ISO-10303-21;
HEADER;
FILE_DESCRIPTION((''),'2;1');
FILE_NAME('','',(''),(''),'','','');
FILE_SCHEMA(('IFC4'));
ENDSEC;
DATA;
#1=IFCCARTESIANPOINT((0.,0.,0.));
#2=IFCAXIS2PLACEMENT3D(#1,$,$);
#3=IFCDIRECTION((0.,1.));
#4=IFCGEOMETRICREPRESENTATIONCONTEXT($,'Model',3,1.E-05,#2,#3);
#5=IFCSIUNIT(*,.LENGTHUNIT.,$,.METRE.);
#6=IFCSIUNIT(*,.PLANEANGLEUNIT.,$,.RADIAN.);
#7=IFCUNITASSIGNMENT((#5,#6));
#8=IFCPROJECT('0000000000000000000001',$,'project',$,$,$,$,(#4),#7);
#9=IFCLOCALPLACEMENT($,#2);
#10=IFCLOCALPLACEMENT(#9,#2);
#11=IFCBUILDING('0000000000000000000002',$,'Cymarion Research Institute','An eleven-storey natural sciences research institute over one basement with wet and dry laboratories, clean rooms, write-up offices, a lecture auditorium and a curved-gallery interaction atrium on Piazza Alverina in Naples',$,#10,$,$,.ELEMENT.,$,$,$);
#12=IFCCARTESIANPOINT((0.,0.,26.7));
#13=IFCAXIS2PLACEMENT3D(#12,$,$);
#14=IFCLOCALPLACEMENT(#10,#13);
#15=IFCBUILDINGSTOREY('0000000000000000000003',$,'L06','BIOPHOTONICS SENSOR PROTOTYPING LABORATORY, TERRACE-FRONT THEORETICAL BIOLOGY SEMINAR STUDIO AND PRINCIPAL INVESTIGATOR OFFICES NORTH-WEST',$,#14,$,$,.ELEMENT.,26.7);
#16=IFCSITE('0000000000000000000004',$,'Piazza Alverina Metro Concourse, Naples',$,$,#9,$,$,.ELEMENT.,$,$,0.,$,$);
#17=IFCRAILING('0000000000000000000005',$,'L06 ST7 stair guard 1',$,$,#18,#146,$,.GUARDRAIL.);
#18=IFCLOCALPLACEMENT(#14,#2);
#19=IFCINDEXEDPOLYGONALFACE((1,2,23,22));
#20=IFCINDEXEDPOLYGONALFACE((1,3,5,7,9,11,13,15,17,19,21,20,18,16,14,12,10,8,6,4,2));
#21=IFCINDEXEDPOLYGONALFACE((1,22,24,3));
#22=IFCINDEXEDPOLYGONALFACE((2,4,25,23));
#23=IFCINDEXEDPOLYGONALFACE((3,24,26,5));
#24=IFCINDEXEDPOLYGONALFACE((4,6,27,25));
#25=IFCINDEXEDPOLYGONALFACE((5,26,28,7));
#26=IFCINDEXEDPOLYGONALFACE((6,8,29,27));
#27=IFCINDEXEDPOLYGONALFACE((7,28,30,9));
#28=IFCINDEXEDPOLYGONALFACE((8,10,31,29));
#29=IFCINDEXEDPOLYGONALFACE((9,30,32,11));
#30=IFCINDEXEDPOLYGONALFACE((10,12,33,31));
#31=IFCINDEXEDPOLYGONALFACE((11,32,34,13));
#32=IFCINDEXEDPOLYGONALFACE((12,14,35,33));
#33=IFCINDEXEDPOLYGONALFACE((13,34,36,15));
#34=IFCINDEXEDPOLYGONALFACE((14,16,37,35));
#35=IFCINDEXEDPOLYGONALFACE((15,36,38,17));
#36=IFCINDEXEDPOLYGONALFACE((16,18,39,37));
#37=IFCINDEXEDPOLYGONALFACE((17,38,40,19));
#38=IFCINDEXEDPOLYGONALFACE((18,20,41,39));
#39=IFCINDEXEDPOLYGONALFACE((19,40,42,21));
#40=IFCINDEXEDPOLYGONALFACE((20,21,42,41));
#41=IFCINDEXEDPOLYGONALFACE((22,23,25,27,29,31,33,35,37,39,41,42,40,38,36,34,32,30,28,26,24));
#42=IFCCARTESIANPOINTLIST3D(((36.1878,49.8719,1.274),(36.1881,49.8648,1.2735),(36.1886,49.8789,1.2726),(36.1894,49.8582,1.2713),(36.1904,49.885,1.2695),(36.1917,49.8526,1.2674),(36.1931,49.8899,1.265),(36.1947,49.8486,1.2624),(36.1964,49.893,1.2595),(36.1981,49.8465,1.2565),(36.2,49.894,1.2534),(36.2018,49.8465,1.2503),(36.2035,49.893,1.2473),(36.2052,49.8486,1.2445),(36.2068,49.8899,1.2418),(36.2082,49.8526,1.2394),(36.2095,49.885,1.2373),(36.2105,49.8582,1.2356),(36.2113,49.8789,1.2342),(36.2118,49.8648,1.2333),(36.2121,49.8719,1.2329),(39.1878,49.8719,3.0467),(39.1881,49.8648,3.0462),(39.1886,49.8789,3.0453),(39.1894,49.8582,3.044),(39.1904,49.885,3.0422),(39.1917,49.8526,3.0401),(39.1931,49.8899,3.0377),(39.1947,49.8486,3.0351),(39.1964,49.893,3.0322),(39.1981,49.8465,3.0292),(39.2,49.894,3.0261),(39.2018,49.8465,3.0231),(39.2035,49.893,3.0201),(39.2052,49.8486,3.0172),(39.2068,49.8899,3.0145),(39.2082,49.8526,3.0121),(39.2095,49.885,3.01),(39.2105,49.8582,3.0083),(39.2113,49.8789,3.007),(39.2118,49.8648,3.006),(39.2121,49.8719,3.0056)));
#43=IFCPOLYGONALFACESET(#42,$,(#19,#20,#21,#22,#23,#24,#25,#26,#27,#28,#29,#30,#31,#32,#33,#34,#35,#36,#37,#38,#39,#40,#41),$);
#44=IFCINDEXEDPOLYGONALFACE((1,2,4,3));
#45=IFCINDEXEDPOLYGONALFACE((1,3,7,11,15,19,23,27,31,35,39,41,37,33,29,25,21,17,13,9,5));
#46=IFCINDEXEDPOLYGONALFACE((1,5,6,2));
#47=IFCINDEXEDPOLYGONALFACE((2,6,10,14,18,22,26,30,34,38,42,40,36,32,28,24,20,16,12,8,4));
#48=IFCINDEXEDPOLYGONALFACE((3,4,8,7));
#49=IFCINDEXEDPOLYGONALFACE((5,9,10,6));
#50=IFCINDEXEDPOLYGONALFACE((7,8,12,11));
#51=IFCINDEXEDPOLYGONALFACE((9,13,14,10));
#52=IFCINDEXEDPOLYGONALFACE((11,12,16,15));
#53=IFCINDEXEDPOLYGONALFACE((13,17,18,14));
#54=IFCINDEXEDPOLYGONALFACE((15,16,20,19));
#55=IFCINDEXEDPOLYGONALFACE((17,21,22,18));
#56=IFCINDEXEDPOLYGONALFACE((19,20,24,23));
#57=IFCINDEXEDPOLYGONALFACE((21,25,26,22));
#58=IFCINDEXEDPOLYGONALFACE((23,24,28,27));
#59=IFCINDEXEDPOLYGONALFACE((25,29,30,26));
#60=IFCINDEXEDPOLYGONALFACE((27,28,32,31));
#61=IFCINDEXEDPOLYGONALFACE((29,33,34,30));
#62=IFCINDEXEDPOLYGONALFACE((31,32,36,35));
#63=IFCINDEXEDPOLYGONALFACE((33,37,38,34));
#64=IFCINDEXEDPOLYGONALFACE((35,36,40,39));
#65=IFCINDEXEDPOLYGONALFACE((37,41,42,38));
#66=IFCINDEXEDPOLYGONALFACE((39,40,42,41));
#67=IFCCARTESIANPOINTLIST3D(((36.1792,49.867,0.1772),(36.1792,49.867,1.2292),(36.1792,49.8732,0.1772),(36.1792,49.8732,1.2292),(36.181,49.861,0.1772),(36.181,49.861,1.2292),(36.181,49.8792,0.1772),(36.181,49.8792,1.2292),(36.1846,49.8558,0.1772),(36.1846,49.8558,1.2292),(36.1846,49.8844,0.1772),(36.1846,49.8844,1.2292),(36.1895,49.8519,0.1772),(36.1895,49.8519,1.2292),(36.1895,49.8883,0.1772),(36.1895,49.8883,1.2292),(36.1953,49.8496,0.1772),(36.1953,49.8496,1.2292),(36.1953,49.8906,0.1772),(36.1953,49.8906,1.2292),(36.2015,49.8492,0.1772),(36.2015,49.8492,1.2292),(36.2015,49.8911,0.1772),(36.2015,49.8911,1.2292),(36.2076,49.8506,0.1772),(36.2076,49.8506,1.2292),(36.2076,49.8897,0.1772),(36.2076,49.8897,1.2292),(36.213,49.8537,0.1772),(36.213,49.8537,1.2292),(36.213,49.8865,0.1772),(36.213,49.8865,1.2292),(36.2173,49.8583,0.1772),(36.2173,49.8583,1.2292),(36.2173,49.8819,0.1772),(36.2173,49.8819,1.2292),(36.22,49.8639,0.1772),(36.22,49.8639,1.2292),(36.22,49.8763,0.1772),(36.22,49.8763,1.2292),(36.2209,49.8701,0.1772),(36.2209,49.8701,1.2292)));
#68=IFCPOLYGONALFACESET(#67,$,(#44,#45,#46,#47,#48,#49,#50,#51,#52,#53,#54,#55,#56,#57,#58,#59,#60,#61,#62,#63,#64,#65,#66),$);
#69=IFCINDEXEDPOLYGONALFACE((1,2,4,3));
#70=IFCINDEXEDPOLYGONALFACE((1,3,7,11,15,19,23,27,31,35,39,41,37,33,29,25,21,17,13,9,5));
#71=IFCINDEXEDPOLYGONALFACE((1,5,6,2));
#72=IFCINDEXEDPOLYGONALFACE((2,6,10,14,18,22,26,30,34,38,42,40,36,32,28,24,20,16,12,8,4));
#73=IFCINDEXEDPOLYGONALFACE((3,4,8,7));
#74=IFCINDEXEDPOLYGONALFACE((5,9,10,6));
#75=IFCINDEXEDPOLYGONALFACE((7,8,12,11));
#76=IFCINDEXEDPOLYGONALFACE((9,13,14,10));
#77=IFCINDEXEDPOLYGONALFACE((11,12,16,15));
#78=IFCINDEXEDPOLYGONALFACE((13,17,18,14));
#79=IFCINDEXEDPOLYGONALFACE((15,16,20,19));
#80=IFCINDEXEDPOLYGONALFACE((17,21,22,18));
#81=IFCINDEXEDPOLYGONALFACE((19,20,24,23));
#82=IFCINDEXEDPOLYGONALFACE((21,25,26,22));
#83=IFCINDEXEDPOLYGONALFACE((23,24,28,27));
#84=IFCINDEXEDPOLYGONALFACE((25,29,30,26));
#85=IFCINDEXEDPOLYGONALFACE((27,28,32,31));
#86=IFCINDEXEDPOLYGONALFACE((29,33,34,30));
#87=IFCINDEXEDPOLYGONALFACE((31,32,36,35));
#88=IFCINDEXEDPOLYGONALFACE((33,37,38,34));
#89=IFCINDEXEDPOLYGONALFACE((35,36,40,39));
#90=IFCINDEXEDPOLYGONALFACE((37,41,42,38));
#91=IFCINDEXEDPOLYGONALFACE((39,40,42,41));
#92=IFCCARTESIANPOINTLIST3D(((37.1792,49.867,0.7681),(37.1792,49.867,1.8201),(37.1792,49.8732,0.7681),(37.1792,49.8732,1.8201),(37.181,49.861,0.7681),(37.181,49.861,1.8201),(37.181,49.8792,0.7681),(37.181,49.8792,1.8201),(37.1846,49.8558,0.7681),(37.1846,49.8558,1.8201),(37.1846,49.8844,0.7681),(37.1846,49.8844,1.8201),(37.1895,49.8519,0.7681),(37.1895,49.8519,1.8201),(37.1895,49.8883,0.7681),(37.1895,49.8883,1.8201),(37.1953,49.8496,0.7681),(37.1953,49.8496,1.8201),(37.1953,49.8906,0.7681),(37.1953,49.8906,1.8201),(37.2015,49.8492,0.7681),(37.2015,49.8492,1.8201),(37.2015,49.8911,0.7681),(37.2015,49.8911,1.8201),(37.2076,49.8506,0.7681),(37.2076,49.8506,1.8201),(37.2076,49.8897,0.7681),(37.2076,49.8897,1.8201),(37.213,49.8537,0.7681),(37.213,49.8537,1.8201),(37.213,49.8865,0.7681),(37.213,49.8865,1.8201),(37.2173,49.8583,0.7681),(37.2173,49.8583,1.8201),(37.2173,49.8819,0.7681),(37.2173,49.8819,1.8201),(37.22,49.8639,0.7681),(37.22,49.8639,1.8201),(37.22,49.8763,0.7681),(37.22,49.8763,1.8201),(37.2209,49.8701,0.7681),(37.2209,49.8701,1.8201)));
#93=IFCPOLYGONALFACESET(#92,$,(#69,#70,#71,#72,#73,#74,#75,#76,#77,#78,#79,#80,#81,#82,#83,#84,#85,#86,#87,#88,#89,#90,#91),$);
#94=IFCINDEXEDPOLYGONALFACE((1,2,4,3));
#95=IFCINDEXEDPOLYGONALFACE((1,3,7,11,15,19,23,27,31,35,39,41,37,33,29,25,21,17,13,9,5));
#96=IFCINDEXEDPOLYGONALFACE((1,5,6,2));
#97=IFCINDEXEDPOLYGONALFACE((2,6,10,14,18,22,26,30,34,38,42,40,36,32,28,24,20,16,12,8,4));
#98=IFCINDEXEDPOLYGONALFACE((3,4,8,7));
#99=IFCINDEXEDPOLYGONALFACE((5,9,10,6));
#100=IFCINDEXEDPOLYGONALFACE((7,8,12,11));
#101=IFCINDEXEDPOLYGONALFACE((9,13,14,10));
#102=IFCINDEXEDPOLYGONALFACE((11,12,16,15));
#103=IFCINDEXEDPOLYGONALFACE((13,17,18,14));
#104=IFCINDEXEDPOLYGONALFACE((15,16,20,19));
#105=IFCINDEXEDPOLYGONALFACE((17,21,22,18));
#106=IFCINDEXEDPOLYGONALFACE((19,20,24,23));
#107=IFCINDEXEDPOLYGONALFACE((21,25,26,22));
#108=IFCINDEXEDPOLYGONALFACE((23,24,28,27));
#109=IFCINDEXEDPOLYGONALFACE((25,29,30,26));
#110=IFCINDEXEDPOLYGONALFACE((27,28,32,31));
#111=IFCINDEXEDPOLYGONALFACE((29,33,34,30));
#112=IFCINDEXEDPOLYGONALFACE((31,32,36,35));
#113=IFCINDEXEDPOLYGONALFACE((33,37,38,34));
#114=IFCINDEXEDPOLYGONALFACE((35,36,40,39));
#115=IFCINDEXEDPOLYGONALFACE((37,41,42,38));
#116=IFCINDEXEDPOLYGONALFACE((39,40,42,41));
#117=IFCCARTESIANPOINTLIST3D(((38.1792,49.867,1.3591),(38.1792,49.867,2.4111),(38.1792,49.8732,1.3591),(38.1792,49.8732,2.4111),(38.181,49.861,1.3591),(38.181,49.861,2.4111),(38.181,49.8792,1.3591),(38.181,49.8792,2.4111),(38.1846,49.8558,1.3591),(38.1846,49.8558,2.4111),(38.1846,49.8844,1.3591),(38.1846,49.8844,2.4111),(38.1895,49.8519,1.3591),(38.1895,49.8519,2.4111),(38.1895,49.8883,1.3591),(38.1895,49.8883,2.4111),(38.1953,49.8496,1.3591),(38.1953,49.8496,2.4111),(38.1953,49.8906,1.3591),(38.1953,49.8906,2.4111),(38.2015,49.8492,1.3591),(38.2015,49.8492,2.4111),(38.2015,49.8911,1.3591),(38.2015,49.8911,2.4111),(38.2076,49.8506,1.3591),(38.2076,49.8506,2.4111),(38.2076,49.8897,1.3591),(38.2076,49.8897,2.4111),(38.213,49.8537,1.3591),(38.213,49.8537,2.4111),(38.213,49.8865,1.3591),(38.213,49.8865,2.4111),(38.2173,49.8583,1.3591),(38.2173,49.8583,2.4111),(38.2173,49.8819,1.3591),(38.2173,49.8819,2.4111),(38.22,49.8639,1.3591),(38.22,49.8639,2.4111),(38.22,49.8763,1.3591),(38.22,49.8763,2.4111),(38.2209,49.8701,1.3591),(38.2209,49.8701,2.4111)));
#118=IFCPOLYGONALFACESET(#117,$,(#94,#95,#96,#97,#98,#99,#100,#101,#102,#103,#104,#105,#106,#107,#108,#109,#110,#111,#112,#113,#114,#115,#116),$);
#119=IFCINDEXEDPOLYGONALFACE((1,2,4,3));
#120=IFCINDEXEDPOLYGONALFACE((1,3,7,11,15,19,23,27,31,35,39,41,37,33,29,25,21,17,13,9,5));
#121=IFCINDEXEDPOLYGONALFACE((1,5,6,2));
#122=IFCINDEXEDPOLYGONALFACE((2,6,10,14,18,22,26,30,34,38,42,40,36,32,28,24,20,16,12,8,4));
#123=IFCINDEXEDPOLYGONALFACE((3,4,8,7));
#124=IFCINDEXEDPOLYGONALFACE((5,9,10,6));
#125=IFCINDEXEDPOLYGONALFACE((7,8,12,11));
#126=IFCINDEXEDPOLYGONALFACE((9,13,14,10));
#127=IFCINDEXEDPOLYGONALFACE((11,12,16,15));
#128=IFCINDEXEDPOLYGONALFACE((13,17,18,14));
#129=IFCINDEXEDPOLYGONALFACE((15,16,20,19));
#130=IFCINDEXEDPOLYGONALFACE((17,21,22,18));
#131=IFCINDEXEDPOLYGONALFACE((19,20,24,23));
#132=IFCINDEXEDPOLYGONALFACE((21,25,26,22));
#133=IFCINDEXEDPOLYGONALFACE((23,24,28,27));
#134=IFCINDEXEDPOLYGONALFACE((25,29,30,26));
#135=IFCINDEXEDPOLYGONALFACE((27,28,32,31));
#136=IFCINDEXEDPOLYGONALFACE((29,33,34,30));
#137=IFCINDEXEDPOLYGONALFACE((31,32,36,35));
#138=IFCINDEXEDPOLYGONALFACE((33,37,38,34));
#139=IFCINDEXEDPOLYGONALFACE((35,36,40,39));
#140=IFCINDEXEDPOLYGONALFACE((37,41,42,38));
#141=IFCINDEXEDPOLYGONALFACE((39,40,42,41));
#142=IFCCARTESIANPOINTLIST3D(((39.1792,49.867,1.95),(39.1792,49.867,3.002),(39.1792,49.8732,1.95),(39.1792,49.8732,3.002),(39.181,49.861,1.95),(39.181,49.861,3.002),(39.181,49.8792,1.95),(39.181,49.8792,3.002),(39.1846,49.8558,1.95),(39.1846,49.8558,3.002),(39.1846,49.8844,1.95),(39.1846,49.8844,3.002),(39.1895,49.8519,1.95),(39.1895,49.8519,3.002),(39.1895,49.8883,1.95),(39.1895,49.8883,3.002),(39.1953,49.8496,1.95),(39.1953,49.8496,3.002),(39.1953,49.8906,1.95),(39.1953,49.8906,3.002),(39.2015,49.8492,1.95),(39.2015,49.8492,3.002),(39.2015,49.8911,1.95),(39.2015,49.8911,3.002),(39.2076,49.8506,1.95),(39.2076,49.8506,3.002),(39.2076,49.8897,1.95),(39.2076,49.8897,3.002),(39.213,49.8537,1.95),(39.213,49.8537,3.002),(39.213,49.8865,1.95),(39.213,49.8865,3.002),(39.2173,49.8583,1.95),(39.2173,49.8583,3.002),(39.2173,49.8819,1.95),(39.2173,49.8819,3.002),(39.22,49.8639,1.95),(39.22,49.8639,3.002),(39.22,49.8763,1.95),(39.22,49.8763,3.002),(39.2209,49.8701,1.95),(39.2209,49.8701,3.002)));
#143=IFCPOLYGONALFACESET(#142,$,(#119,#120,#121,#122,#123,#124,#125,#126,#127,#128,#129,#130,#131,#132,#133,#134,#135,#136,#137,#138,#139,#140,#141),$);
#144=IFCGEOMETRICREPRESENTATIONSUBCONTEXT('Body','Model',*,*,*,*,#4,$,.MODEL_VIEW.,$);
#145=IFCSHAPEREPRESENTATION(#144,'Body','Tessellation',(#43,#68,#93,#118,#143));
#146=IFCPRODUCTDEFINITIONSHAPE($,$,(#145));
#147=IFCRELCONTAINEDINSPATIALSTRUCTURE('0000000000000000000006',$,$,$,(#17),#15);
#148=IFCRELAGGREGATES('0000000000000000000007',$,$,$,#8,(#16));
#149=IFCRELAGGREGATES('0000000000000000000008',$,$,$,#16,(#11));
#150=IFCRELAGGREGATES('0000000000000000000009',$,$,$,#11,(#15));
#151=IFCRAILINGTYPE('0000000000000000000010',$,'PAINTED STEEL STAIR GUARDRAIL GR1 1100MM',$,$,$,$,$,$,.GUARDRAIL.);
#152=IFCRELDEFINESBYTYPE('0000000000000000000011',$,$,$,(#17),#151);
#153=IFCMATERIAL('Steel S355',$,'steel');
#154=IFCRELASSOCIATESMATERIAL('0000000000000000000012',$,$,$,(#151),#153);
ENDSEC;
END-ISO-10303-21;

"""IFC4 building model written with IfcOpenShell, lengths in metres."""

from ifc_helpers import new_model, si_unit, direction, frame, origin, origin_2d, place, context, subcontext, project, spatial, circle, extrude, material, type_object, element, save


model = new_model("IFC4")

# Units and contexts
model_context = context("Model", 3, precision=1e-05, world=origin(), true_north=direction((0.0, 1.0)))
body_context = subcontext(model_context, "Body", "Model", "MODEL_VIEW")
ifc_project = project(units=[si_unit("LENGTHUNIT", "METRE"), si_unit("PLANEANGLEUNIT", "RADIAN")], contexts=[model_context])

# Site, building, storey
site_placement = place(None, origin())
site = spatial("IfcSite", under=ifc_project, at=site_placement, Name="Piazza Alverina Metro Concourse, Naples", CompositionType="ELEMENT", RefElevation=0.0)
building_placement = place(site_placement, origin())
building = spatial("IfcBuilding", under=site, at=building_placement, Name="Cymarion Research Institute", Description="An eleven-storey natural sciences research institute over one basement with wet and dry laboratories, clean rooms, write-up offices, a lecture auditorium and a curved-gallery interaction atrium on Piazza Alverina in Naples", CompositionType="ELEMENT")
storey_placement = place(building_placement, frame((0.0, 0.0, 26.7)))
storey = spatial("IfcBuildingStorey", under=building, at=storey_placement, Name="L06", Description="BIOPHOTONICS SENSOR PROTOTYPING LABORATORY, TERRACE-FRONT THEORETICAL BIOLOGY SEMINAR STUDIO AND PRINCIPAL INVESTIGATOR OFFICES NORTH-WEST", CompositionType="ELEMENT", Elevation=26.7)

# Shared definitions
ifc_material_1 = material(Name="Steel S355", Category="steel")

# Railing
railing_type_1 = type_object("IfcRailingType", Name="PAINTED STEEL STAIR GUARDRAIL GR1 1100MM", PredefinedType="GUARDRAIL", material=ifc_material_1)
railing_1_placement = place(storey_placement, frame((36.2, 49.8701, 0.1772)))
element("IfcRailing", 1, at=railing_1_placement, inside=storey, type_object=railing_type_1, Name="L06 ST7 stair guard 1", PredefinedType="GUARDRAIL", context=body_context, shape_type="SweptSolid", body=[
    extrude(circle(Radius=0.0239, at=origin_2d()), frame((0.0, 0.0, 1.0762), z_axis=(0.860929, 0.0, 0.508725), x_axis=(0.0, 1.0, 0.0)), (0.0, 0.0, 1.0), 3.4846),
    extrude(circle(Radius=0.021, at=origin_2d()), origin(), (0.0, 0.0, 1.0), 1.052),
    extrude(circle(Radius=0.021, at=origin_2d()), frame((1.0, 0.0, 0.5908)), (0.0, 0.0, 1.0), 1.052),
    extrude(circle(Radius=0.021, at=origin_2d()), frame((2.0, 0.0, 1.1819)), (0.0, 0.0, 1.0), 1.052),
    extrude(circle(Radius=0.021, at=origin_2d()), frame((3.0, 0.0, 1.7727)), (0.0, 0.0, 1.0), 1.052),
])

save(model, "model.ifc")
